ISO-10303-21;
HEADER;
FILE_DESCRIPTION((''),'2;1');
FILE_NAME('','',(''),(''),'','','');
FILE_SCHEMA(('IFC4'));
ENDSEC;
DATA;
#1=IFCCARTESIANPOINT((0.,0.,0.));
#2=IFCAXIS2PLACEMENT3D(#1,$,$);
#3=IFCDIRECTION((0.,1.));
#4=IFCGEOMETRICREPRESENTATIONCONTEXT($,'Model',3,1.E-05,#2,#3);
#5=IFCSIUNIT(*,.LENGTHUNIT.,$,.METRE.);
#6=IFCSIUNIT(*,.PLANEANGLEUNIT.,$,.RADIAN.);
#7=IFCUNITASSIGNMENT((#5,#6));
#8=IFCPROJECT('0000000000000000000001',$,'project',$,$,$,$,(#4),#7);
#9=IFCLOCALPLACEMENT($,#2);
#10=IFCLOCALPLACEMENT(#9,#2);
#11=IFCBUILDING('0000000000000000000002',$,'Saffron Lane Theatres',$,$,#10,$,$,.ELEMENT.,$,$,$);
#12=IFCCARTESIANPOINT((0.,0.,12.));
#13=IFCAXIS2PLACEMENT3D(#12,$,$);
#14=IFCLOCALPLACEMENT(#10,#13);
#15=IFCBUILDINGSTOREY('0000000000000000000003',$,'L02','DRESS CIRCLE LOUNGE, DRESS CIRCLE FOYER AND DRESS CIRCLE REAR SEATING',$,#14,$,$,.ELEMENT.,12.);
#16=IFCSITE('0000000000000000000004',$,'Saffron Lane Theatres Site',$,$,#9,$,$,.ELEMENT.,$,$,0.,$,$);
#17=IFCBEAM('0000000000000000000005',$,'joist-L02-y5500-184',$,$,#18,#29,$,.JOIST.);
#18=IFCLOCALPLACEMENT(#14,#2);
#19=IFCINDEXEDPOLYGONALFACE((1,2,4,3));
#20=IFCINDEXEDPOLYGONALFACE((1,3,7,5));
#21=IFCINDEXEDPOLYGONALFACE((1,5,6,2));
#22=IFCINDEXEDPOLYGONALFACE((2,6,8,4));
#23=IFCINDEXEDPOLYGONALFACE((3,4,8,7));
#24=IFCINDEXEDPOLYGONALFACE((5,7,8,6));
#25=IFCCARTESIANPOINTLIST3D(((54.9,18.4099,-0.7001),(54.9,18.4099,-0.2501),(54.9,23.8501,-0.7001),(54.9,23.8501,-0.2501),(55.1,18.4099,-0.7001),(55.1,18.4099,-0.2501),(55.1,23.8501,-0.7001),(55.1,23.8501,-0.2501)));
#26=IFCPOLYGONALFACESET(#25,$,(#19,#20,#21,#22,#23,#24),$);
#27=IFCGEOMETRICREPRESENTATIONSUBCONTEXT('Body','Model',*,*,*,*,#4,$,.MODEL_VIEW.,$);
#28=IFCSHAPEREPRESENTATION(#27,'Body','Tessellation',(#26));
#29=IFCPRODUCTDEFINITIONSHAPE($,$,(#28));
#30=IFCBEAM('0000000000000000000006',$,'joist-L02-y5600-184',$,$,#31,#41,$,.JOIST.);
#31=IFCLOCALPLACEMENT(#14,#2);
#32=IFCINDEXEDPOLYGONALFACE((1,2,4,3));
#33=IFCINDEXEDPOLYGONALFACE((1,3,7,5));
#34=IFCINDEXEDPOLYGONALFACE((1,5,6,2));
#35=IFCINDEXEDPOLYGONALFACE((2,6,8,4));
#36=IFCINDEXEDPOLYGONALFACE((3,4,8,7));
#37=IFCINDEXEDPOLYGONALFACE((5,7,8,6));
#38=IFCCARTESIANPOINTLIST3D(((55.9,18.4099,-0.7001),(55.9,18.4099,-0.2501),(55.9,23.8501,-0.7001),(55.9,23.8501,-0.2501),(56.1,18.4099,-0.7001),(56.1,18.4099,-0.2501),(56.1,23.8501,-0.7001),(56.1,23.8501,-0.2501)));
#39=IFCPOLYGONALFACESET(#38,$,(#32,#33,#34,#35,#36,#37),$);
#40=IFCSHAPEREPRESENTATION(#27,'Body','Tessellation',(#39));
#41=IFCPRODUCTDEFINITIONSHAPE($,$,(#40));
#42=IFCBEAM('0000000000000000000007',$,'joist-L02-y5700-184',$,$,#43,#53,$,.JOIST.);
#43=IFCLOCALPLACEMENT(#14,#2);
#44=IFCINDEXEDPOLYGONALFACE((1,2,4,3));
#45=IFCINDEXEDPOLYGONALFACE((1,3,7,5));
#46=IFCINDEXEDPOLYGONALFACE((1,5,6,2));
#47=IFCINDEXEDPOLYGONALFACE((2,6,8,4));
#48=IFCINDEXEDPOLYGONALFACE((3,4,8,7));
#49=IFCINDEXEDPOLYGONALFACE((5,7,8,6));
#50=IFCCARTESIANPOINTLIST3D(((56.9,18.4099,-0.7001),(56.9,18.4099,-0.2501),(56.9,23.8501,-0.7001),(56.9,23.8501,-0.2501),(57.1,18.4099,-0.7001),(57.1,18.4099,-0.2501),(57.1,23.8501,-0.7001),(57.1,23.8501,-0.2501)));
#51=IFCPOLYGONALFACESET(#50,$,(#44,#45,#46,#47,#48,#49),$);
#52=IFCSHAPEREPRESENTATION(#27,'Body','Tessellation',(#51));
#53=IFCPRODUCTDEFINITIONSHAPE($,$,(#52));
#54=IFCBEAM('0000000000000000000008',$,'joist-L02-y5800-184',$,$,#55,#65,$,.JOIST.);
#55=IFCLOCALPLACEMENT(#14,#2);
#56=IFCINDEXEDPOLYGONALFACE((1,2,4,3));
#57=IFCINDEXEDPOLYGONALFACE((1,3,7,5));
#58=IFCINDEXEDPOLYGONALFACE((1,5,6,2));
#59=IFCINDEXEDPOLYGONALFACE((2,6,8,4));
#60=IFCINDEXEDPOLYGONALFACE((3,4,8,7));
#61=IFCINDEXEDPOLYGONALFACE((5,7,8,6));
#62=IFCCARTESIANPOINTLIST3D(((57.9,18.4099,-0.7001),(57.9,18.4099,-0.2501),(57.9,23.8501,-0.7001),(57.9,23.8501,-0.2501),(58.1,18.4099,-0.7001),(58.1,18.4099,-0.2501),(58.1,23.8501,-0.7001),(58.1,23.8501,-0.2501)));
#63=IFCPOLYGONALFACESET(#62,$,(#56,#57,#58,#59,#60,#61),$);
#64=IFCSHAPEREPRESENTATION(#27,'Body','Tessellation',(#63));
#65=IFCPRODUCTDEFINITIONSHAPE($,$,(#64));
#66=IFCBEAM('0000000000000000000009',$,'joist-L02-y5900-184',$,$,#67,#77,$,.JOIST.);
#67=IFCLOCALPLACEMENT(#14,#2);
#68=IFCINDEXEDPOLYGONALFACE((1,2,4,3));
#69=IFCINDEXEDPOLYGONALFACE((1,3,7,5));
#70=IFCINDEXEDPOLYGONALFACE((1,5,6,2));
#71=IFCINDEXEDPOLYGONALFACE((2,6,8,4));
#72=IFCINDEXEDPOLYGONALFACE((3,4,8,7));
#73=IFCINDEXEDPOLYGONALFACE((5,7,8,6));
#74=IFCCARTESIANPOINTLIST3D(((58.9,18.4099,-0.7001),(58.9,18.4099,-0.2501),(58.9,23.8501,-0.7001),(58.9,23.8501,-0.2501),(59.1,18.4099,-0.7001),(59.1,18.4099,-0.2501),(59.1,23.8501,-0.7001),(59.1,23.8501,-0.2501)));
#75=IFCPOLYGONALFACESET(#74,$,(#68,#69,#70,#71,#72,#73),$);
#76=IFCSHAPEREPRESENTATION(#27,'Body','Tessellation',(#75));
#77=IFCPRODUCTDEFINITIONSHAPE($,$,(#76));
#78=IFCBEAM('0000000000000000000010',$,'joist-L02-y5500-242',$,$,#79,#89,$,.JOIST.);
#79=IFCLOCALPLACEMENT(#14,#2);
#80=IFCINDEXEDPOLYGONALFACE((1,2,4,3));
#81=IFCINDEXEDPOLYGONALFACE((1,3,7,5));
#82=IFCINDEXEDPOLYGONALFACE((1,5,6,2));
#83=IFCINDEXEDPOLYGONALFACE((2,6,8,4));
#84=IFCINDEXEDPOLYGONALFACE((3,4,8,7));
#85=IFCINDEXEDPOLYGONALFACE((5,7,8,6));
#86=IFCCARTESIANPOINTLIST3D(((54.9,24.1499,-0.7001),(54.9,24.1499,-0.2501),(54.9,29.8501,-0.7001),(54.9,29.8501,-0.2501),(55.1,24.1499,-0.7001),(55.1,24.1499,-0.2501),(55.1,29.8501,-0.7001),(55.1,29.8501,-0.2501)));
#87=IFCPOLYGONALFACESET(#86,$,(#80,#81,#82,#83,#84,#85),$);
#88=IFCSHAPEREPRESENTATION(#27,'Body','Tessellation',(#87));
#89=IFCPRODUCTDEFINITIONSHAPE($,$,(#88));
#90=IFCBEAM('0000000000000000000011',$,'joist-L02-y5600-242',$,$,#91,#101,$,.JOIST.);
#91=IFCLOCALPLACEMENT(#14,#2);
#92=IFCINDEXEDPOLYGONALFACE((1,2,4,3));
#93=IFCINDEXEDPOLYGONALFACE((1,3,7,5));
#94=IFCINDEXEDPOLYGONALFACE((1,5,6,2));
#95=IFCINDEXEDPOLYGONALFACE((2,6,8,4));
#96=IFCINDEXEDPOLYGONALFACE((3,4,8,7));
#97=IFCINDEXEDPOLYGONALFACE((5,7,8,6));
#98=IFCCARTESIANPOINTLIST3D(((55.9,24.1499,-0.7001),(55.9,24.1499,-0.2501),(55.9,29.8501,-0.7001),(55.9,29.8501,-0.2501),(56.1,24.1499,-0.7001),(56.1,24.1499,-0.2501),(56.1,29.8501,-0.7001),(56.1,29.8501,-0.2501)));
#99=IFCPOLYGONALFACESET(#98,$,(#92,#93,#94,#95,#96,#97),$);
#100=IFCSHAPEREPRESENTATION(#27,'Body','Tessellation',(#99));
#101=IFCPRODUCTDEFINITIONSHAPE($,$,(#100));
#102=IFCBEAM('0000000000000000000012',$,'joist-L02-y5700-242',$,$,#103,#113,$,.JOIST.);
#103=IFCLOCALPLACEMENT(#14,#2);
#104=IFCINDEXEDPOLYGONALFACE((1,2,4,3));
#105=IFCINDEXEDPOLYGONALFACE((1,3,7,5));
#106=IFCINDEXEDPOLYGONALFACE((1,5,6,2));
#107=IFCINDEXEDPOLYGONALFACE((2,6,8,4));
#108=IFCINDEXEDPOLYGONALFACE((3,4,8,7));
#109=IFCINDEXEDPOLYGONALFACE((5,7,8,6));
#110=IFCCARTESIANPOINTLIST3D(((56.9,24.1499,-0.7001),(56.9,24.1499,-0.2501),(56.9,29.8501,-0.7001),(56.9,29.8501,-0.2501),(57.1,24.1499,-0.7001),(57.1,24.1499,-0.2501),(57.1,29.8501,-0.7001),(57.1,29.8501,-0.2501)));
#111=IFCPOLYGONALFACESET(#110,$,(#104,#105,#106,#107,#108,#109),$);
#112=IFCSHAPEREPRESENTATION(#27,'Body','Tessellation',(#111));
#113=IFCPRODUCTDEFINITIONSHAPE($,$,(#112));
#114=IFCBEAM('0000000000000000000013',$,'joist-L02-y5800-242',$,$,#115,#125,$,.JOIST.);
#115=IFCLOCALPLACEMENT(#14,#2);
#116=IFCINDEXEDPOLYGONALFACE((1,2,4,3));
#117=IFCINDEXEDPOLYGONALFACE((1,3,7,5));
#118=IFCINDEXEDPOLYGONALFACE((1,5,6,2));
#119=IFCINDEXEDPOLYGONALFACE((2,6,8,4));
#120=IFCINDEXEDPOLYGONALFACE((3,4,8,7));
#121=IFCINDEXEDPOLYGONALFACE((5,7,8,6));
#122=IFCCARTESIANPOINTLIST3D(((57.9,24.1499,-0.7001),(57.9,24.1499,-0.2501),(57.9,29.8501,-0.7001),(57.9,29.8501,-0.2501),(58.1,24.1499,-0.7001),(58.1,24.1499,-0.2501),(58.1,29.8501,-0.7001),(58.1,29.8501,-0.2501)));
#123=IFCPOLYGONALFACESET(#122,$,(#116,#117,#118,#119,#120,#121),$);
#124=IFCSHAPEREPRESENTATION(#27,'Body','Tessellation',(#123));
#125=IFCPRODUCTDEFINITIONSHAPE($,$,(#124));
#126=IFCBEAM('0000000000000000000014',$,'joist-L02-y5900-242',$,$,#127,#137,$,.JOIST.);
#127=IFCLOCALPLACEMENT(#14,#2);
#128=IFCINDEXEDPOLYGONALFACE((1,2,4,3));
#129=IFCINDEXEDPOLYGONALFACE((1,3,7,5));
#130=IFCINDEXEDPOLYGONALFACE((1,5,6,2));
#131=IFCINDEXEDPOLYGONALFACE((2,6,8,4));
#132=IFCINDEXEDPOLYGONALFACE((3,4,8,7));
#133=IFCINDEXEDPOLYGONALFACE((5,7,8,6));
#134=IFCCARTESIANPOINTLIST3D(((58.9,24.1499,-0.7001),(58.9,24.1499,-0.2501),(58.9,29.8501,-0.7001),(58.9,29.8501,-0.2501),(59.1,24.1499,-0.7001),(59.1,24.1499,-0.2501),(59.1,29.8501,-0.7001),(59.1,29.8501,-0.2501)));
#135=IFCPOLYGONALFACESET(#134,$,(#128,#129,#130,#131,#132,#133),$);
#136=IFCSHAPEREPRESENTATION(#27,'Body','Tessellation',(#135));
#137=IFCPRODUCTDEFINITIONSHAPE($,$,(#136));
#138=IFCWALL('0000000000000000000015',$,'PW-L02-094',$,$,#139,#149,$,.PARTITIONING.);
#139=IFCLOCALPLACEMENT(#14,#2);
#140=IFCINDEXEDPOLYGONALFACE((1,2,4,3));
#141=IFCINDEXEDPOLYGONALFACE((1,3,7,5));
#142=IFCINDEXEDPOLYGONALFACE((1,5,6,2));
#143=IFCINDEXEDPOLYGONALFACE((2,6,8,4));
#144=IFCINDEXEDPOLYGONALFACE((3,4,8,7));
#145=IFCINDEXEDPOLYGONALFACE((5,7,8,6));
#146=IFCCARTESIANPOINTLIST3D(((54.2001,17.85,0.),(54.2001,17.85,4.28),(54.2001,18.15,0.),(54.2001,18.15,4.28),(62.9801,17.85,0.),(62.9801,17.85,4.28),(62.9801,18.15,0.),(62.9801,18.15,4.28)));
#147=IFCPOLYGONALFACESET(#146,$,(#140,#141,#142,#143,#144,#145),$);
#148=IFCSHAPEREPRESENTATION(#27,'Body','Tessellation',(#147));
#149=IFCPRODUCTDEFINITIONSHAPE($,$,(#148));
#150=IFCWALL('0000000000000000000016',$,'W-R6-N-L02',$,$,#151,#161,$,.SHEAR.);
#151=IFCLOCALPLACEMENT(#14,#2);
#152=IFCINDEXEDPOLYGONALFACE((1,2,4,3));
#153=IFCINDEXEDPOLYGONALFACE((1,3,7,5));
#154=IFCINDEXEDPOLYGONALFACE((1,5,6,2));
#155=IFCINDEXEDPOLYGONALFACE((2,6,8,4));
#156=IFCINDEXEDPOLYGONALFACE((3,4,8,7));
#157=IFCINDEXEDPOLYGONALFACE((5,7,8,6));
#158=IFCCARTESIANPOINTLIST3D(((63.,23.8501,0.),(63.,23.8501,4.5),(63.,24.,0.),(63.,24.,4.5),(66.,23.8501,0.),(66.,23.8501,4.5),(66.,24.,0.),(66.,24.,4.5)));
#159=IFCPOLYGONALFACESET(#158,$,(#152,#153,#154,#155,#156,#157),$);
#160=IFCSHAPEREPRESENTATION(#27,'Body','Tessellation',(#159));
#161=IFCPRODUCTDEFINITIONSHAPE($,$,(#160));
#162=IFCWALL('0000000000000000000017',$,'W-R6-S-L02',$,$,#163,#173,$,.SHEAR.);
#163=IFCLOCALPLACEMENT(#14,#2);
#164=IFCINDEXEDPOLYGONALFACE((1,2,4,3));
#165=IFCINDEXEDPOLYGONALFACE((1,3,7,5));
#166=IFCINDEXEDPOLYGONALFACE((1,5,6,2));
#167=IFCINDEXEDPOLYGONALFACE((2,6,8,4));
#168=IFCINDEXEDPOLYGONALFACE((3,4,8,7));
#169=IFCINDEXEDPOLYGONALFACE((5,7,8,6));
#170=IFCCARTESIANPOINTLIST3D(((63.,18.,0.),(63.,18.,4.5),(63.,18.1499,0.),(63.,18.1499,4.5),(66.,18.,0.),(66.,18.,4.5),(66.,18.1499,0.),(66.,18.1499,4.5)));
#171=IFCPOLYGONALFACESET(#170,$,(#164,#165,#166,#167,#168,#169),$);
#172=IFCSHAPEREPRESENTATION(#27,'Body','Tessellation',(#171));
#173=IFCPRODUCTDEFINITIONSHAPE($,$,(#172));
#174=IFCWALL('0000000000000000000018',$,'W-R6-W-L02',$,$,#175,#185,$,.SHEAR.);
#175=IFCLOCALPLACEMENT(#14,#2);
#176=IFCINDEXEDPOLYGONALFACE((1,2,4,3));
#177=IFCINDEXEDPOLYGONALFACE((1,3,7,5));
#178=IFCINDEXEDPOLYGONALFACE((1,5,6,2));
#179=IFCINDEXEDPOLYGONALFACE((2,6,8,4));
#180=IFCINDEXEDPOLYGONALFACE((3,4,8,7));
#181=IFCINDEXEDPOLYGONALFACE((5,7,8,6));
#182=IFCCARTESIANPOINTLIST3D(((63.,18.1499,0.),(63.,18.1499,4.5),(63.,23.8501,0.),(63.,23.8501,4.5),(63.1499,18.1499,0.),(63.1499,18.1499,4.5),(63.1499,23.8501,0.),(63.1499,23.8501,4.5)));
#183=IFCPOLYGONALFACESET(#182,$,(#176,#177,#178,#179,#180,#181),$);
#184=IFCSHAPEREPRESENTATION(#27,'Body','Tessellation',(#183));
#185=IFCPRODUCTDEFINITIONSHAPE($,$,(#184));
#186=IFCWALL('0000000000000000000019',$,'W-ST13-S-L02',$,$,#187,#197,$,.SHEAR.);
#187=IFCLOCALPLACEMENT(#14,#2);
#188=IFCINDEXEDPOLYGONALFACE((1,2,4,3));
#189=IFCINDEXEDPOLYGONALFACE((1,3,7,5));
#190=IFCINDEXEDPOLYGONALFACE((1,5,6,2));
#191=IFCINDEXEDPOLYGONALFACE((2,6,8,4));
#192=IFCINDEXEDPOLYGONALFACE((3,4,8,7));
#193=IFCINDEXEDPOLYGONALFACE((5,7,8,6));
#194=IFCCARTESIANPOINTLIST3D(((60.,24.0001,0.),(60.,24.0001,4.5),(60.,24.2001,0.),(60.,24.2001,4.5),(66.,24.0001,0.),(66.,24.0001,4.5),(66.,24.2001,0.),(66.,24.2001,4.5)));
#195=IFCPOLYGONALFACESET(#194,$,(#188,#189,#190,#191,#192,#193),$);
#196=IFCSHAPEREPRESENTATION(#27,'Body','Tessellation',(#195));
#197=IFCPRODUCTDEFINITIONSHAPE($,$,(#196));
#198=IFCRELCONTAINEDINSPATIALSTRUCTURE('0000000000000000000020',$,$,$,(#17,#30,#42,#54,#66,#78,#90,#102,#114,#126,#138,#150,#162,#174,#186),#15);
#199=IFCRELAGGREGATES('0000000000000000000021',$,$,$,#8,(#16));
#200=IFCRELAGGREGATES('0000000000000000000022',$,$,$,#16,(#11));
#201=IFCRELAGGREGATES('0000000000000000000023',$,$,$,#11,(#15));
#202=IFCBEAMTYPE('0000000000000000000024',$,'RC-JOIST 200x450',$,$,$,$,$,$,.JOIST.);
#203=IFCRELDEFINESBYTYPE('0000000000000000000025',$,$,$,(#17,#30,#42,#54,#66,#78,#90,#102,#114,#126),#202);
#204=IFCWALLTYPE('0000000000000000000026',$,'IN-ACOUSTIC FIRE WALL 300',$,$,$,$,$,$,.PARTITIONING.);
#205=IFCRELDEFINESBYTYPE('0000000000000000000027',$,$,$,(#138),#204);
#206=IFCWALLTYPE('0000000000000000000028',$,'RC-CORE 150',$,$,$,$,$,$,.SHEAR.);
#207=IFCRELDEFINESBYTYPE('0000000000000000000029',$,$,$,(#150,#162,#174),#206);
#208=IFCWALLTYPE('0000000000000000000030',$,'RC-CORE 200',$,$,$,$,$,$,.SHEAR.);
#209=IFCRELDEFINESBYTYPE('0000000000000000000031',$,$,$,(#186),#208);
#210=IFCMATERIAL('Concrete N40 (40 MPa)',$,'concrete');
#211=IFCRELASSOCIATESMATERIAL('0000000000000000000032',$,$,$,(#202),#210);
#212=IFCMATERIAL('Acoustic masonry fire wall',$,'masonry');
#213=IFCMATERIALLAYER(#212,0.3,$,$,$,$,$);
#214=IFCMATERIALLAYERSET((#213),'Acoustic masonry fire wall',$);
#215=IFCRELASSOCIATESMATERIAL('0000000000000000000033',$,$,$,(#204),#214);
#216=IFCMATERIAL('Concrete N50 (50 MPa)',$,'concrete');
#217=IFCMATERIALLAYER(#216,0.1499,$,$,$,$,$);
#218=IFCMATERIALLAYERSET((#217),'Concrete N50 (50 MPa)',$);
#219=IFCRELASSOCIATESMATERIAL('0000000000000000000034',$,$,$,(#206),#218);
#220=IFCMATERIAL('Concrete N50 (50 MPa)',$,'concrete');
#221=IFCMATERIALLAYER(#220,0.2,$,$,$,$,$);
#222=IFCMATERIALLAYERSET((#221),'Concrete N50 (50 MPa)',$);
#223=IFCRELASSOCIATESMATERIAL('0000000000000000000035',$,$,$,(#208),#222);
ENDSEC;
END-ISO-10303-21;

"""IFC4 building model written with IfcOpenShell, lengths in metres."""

from ifc_helpers import new_model, si_unit, direction, frame, frame_2d, origin, origin_2d, place, context, subcontext, project, spatial, rectangle, extrude, material, layer, layer_set, material_profile, profile_set, type_object, element, save


model = new_model("IFC4")

# Units and contexts
model_context = context("Model", 3, precision=1e-05, world=origin(), true_north=direction((0.0, 1.0)))
body_context = subcontext(model_context, "Body", "Model", "MODEL_VIEW")
ifc_project = project(units=[si_unit("LENGTHUNIT", "METRE"), si_unit("PLANEANGLEUNIT", "RADIAN")], contexts=[model_context])

# Site, building, storey
site_placement = place(None, origin())
site = spatial("IfcSite", under=ifc_project, at=site_placement, Name="Saffron Lane Theatres Site", CompositionType="ELEMENT", RefElevation=0.0)
building_placement = place(site_placement, origin())
building = spatial("IfcBuilding", under=site, at=building_placement, Name="Saffron Lane Theatres", CompositionType="ELEMENT")
storey_placement = place(building_placement, frame((0.0, 0.0, 12.0)))
storey = spatial("IfcBuildingStorey", under=building, at=storey_placement, Name="L02", Description="DRESS CIRCLE LOUNGE, DRESS CIRCLE FOYER AND DRESS CIRCLE REAR SEATING", CompositionType="ELEMENT", Elevation=12.0)

# Beams
ifc_material_1 = material(Name="Concrete N40 (40 MPa)", Category="concrete")
ifc_material_profile_1 = material_profile(ifc_material_1, rectangle(XDim=0.2, YDim=0.45, at=origin_2d()))
ifc_profile_set_1 = profile_set([ifc_material_profile_1], Name="Concrete N40 (40 MPa)")
beam_type_1 = type_object("IfcBeamType", Name="RC-JOIST 200x450", PredefinedType="JOIST", material=ifc_profile_set_1)
for number, where, z_axis, x_axis, name in (
    (1, (55.0, 18.4099, -0.4751), (0.0, 1.0, 0.0), (-1.0, 0.0, 0.0), "joist-L02-y5500-184"),
    (2, (56.0, 18.4099, -0.4751), (0.0, 1.0, 0.0), (-1.0, 0.0, 0.0), "joist-L02-y5600-184"),
    (3, (57.0, 18.4099, -0.4751), (0.0, 1.0, 0.0), (-1.0, 0.0, 0.0), "joist-L02-y5700-184"),
    (4, (58.0, 18.4099, -0.4751), (0.0, 1.0, 0.0), (-1.0, 0.0, 0.0), "joist-L02-y5800-184"),
    (5, (59.0, 18.4099, -0.4751), (0.0, 1.0, 0.0), (-1.0, 0.0, 0.0), "joist-L02-y5900-184"),
):
    element("IfcBeam", number, at=place(storey_placement, frame(where, z_axis=z_axis, x_axis=x_axis)), inside=storey, type_object=beam_type_1, Name=name, PredefinedType="JOIST", context=body_context, shape_type="SweptSolid", body=[
        extrude(rectangle(XDim=0.2, YDim=0.45, at=origin_2d()), origin(), (0.0, 0.0, 1.0), 5.4402),
    ])
for number, where, z_axis, x_axis, name in (
    (6, (55.0, 24.1499, -0.4751), (0.0, 1.0, 0.0), (-1.0, 0.0, 0.0), "joist-L02-y5500-242"),
    (7, (56.0, 24.1499, -0.4751), (0.0, 1.0, 0.0), (-1.0, 0.0, 0.0), "joist-L02-y5600-242"),
    (8, (57.0, 24.1499, -0.4751), (0.0, 1.0, 0.0), (-1.0, 0.0, 0.0), "joist-L02-y5700-242"),
    (9, (58.0, 24.1499, -0.4751), (0.0, 1.0, 0.0), (-1.0, 0.0, 0.0), "joist-L02-y5800-242"),
    (10, (59.0, 24.1499, -0.4751), (0.0, 1.0, 0.0), (-1.0, 0.0, 0.0), "joist-L02-y5900-242"),
):
    element("IfcBeam", number, at=place(storey_placement, frame(where, z_axis=z_axis, x_axis=x_axis)), inside=storey, type_object=beam_type_1, Name=name, PredefinedType="JOIST", context=body_context, shape_type="SweptSolid", body=[
        extrude(rectangle(XDim=0.2, YDim=0.45, at=origin_2d()), origin(), (0.0, 0.0, 1.0), 5.7002),
    ])

# Walls
ifc_material_2 = material(Name="Acoustic masonry fire wall", Category="masonry")
ifc_layer_1 = layer(ifc_material_2, 0.3)
ifc_layer_set_1 = layer_set([ifc_layer_1], Name="Acoustic masonry fire wall")
wall_type_1 = type_object("IfcWallType", Name="IN-ACOUSTIC FIRE WALL 300", PredefinedType="PARTITIONING", material=ifc_layer_set_1)
wall_1_placement = place(storey_placement, frame((54.2, 18.0, 0.0), z_axis=(0.0, 0.0, 1.0), x_axis=(1.0, 0.0, 0.0)))
element("IfcWall", 11, at=wall_1_placement, inside=storey, type_object=wall_type_1, Name="PW-L02-094", PredefinedType="PARTITIONING", context=body_context, shape_type="SweptSolid", body=[
    extrude(rectangle(XDim=8.78, YDim=0.3, at=frame_2d((4.3901, 0.0))), origin(), (0.0, 0.0, 1.0), 4.28),
])
ifc_material_3 = material(Name="Concrete N50 (50 MPa)", Category="concrete")
ifc_layer_2 = layer(ifc_material_3, 0.1499)
ifc_layer_set_2 = layer_set([ifc_layer_2], Name="Concrete N50 (50 MPa)")
wall_type_2 = type_object("IfcWallType", Name="RC-CORE 150", PredefinedType="SHEAR", material=ifc_layer_set_2)
for number, where, z_axis, x_axis, name in (
    (12, (63.0, 23.925, 0.0), (0.0, 0.0, 1.0), (1.0, 0.0, 0.0), "W-R6-N-L02"),
    (13, (63.0, 18.075, 0.0), (0.0, 0.0, 1.0), (1.0, 0.0, 0.0), "W-R6-S-L02"),
):
    element("IfcWall", number, at=place(storey_placement, frame(where, z_axis=z_axis, x_axis=x_axis)), inside=storey, type_object=wall_type_2, Name=name, PredefinedType="SHEAR", context=body_context, shape_type="SweptSolid", body=[
        extrude(rectangle(XDim=3.0, YDim=0.1499, at=frame_2d((1.5, 0.0))), origin(), (0.0, 0.0, 1.0), 4.5),
    ])
wall_2_placement = place(storey_placement, frame((63.075, 18.1499, 0.0), z_axis=(0.0, 0.0, 1.0), x_axis=(0.0, 1.0, 0.0)))
element("IfcWall", 14, at=wall_2_placement, inside=storey, type_object=wall_type_2, Name="W-R6-W-L02", PredefinedType="SHEAR", context=body_context, shape_type="SweptSolid", body=[
    extrude(rectangle(XDim=5.7002, YDim=0.1499, at=frame_2d((2.8501, 0.0))), origin(), (0.0, 0.0, 1.0), 4.5),
])
ifc_material_4 = material(Name="Concrete N50 (50 MPa)", Category="concrete")
ifc_layer_3 = layer(ifc_material_4, 0.2)
ifc_layer_set_3 = layer_set([ifc_layer_3], Name="Concrete N50 (50 MPa)")
wall_type_3 = type_object("IfcWallType", Name="RC-CORE 200", PredefinedType="SHEAR", material=ifc_layer_set_3)
wall_3_placement = place(storey_placement, frame((60.0, 24.1001, 0.0), z_axis=(0.0, 0.0, 1.0), x_axis=(1.0, 0.0, 0.0)))
element("IfcWall", 15, at=wall_3_placement, inside=storey, type_object=wall_type_3, Name="W-ST13-S-L02", PredefinedType="SHEAR", context=body_context, shape_type="SweptSolid", body=[
    extrude(rectangle(XDim=6.0, YDim=0.2, at=frame_2d((3.0, 0.0))), origin(), (0.0, 0.0, 1.0), 4.5),
])

save(model, "model.ifc")
